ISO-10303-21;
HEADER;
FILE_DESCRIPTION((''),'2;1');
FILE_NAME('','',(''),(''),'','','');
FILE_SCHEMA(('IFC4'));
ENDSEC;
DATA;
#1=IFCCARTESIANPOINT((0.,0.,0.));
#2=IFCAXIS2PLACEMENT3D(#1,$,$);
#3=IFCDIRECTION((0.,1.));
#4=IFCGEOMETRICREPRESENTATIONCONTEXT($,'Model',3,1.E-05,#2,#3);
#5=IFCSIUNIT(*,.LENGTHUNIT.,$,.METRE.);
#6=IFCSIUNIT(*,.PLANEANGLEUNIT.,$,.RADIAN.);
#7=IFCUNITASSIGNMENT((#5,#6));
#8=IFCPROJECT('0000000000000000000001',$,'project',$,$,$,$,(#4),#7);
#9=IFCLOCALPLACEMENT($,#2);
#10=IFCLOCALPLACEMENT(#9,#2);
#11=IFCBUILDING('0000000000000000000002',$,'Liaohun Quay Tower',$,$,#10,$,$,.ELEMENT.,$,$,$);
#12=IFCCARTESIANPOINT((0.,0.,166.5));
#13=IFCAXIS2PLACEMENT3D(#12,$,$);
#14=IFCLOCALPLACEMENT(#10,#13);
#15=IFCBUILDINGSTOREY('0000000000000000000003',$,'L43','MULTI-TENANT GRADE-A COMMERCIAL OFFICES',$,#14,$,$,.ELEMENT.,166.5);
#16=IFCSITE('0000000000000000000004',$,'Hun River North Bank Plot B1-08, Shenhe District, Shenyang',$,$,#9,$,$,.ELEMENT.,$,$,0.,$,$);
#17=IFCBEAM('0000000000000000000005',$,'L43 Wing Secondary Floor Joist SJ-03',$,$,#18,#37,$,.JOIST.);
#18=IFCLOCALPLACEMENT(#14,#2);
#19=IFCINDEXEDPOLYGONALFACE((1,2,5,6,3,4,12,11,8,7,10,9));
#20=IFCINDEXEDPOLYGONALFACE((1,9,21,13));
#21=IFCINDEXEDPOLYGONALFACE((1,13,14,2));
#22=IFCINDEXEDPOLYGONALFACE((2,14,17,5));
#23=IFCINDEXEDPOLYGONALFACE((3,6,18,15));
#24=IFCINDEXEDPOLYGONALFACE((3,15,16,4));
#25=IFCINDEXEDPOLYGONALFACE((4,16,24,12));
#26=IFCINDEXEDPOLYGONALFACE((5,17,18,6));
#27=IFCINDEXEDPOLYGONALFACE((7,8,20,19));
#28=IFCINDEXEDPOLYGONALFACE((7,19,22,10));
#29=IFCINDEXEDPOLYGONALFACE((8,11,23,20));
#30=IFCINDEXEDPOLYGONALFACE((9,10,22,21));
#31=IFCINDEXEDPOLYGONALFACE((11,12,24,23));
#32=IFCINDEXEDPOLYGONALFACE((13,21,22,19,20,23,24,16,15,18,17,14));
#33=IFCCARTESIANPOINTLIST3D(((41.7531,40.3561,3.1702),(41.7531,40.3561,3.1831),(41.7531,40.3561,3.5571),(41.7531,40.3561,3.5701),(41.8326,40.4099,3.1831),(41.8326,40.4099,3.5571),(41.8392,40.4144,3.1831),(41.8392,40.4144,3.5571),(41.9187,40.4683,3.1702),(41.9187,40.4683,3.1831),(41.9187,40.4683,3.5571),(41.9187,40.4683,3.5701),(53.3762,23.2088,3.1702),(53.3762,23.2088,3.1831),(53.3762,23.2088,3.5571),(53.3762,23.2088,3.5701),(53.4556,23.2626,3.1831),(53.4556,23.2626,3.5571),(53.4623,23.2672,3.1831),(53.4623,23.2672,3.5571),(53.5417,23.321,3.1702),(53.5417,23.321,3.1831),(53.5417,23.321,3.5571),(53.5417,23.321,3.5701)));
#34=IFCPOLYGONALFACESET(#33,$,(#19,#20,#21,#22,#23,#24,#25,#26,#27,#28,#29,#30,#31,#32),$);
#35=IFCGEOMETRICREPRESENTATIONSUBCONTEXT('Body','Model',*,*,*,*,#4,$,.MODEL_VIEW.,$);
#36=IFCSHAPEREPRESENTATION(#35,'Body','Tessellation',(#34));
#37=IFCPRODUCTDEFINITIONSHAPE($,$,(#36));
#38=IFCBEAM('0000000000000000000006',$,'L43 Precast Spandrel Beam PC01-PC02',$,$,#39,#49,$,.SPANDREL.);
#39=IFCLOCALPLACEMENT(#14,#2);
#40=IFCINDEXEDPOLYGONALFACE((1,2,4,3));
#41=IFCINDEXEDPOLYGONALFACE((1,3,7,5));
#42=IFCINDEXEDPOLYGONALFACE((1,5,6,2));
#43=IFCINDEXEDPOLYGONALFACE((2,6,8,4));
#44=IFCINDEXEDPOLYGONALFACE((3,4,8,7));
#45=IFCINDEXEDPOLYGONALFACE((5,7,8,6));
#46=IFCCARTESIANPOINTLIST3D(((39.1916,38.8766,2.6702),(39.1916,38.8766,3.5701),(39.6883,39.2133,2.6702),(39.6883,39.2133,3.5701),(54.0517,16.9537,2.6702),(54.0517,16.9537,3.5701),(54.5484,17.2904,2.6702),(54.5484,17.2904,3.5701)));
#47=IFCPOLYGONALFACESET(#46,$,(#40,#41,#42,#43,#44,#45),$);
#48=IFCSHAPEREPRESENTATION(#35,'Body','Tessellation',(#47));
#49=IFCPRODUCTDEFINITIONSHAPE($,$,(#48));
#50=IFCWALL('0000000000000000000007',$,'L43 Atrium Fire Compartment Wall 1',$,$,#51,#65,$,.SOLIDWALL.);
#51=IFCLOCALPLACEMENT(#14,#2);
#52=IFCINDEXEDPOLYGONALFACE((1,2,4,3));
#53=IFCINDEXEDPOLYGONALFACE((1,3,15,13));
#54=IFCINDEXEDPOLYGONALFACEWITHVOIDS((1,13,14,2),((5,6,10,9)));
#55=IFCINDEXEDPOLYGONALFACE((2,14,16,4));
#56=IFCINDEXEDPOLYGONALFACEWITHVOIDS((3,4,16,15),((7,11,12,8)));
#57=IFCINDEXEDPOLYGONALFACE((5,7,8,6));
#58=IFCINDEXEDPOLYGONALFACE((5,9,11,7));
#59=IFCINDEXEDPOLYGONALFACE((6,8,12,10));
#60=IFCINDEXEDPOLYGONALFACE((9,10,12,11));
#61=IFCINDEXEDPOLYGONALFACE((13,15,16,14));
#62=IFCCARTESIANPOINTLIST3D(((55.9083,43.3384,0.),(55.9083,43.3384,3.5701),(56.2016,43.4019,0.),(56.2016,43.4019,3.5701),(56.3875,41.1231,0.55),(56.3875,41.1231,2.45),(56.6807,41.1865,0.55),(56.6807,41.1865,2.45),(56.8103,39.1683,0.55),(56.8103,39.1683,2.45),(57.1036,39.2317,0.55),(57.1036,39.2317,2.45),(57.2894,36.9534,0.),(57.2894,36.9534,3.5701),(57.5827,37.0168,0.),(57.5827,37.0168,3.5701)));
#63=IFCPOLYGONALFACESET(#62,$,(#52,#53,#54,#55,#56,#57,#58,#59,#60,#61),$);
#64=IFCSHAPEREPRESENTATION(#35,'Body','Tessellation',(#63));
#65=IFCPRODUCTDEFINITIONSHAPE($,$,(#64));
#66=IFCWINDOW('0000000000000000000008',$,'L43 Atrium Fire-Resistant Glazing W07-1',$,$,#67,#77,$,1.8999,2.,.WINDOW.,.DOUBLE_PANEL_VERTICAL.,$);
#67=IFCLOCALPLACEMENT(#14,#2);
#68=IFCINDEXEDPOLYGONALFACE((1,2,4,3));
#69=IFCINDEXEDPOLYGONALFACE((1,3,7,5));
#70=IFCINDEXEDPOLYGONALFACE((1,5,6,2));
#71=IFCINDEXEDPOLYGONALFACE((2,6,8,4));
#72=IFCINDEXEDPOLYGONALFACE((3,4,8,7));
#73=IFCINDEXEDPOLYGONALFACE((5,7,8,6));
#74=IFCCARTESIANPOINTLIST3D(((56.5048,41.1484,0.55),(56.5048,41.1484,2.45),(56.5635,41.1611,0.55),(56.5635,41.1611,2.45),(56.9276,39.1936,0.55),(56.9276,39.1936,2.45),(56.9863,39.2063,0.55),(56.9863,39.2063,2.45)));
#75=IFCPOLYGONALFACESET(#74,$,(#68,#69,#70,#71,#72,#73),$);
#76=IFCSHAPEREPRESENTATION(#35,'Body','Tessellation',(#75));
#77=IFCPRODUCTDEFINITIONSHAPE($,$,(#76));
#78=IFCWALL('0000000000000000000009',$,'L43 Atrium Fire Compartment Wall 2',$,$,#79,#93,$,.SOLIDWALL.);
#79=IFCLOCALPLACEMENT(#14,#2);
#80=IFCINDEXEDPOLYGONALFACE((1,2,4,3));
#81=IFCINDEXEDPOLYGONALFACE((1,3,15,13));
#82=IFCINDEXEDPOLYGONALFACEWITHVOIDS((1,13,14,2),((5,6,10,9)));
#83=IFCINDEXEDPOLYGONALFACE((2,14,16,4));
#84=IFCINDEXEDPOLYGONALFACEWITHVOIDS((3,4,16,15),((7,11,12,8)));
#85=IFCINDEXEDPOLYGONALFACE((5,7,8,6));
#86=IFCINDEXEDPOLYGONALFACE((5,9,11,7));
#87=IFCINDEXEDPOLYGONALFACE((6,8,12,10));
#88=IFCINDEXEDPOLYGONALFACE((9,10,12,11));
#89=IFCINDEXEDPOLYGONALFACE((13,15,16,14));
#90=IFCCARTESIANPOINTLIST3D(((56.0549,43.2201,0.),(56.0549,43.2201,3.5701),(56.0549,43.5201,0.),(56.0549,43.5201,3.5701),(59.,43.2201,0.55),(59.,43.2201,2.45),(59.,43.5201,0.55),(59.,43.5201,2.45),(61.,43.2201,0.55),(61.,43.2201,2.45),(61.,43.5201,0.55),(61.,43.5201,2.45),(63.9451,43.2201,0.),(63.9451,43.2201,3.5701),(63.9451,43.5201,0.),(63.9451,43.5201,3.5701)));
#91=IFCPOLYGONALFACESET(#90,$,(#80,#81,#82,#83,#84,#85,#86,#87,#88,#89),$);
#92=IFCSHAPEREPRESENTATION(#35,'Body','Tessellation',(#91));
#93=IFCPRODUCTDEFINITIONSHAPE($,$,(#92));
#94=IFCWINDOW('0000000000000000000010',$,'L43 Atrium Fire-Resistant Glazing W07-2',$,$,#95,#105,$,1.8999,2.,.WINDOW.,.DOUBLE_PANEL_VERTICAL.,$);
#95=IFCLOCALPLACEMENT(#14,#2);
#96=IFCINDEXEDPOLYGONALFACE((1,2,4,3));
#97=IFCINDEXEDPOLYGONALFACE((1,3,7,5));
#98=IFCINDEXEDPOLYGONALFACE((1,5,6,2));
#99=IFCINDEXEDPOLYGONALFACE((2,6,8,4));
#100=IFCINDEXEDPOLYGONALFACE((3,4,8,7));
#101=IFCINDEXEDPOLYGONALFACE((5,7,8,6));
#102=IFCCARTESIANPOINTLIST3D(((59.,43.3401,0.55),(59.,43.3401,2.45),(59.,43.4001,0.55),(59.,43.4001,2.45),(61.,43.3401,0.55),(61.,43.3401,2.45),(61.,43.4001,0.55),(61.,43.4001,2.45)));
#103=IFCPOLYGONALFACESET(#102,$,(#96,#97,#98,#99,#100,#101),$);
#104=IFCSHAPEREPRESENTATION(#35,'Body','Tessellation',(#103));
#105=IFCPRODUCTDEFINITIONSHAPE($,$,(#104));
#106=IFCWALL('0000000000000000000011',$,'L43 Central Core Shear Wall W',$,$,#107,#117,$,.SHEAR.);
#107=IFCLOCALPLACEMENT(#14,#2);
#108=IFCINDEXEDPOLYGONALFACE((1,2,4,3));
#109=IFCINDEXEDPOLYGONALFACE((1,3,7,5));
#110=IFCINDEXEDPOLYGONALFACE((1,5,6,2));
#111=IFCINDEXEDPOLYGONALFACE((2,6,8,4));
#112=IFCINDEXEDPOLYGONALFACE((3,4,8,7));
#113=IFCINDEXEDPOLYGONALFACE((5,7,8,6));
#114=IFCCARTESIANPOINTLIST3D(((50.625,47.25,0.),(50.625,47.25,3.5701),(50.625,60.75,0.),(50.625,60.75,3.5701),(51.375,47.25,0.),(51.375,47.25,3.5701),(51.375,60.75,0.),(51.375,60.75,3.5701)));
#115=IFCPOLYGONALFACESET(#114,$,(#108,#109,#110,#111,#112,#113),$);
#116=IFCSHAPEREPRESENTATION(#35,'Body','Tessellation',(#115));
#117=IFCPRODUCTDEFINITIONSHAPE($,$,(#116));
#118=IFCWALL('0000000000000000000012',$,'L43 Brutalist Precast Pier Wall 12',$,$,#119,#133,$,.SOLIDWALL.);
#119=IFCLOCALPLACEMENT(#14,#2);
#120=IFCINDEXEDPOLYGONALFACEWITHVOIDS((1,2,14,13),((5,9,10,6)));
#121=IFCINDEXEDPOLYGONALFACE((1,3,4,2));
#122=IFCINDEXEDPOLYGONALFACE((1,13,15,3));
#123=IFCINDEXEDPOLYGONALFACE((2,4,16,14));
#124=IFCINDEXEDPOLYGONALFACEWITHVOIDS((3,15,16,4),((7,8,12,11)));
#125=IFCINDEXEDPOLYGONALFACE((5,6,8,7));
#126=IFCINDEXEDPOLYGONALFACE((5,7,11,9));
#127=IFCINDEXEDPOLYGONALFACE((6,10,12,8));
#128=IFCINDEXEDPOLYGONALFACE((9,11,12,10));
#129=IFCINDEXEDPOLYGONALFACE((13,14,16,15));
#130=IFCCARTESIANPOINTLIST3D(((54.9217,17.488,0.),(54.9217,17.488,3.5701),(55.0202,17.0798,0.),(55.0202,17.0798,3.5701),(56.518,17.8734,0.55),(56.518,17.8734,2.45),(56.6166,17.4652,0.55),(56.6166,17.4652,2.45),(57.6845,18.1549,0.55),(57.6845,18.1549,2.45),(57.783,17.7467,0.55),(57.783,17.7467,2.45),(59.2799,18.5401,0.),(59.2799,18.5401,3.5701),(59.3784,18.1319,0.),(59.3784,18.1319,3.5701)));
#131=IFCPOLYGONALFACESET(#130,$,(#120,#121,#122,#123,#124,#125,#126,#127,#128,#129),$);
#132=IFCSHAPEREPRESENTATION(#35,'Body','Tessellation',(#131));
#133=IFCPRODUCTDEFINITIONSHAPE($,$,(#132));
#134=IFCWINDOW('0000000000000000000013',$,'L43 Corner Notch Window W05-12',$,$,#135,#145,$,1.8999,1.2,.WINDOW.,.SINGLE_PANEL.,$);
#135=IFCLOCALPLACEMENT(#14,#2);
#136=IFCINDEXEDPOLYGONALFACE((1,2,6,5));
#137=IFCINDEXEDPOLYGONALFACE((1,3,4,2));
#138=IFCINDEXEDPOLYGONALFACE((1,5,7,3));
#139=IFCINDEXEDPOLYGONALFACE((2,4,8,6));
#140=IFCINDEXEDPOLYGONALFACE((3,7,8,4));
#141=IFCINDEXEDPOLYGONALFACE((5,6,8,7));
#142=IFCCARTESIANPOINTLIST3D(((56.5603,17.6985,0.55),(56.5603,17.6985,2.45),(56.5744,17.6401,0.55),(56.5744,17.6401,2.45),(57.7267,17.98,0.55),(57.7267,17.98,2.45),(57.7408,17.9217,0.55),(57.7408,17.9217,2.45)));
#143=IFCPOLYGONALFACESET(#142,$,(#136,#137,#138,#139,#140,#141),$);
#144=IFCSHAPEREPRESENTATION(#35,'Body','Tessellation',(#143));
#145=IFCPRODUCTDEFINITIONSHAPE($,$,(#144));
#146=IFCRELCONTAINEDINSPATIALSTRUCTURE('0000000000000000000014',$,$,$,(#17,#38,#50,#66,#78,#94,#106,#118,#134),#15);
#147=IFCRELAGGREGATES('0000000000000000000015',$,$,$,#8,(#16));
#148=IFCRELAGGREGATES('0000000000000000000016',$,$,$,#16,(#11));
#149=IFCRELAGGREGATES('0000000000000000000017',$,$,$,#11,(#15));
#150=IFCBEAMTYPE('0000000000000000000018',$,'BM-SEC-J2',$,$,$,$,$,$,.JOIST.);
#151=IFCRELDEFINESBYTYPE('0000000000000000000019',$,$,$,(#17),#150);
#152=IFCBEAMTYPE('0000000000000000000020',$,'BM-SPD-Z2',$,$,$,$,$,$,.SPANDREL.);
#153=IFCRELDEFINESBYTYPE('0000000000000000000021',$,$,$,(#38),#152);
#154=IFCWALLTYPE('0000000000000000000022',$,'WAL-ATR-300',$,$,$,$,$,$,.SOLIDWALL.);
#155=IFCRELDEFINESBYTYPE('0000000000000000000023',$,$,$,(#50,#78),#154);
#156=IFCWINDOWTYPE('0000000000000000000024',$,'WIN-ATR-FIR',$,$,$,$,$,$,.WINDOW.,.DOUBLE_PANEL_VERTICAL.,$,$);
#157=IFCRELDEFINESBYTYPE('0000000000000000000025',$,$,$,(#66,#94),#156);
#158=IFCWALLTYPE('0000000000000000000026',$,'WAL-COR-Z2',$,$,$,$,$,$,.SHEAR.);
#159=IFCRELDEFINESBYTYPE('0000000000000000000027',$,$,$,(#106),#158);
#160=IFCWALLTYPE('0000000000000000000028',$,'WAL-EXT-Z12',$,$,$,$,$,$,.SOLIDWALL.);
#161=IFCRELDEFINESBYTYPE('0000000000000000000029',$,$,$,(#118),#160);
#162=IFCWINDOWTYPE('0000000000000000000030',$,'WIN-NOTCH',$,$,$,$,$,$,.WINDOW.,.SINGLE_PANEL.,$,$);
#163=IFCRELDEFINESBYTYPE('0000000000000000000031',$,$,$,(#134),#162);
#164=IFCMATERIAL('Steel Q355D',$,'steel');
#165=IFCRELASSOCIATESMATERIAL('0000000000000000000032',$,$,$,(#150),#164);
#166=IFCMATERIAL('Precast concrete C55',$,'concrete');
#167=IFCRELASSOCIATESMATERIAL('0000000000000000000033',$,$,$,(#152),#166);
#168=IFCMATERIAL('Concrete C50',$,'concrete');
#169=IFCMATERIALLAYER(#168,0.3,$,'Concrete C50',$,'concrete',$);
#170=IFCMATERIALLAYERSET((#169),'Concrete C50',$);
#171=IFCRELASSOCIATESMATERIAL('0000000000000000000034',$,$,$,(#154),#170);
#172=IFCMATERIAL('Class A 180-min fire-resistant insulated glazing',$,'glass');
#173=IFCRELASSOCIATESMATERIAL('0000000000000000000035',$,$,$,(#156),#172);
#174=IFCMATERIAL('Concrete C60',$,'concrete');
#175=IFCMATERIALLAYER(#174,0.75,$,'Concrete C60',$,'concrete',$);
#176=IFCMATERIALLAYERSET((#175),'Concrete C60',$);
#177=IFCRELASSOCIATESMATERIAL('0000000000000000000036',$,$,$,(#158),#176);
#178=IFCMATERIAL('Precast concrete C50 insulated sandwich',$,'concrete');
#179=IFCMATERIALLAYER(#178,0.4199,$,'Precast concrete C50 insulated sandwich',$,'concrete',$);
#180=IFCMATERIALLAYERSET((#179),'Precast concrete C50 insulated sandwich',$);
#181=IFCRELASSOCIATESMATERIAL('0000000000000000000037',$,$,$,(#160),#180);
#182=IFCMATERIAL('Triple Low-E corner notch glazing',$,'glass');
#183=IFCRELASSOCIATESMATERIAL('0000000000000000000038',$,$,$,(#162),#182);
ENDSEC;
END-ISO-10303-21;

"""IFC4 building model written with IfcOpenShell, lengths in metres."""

from ifc_helpers import new_model, si_unit, direction, frame, frame_2d, origin, origin_2d, place, context, subcontext, project, spatial, rectangle, i_section, extrude, source, transform, mapped, material, layer, layer_set, material_profile, profile_set, type_object, element, fill, save


model = new_model("IFC4")

# Units and contexts
model_context = context("Model", 3, precision=1e-05, world=origin(), true_north=direction((0.0, 1.0)))
body_context = subcontext(model_context, "Body", "Model", "MODEL_VIEW")
ifc_project = project(units=[si_unit("LENGTHUNIT", "METRE"), si_unit("PLANEANGLEUNIT", "RADIAN")], contexts=[model_context])

# Site, building, storey
site_placement = place(None, origin())
site = spatial("IfcSite", under=ifc_project, at=site_placement, Name="Hun River North Bank Plot B1-08, Shenhe District, Shenyang", CompositionType="ELEMENT", RefElevation=0.0)
building_placement = place(site_placement, origin())
building = spatial("IfcBuilding", under=site, at=building_placement, Name="Liaohun Quay Tower", CompositionType="ELEMENT")
storey_placement = place(building_placement, frame((0.0, 0.0, 166.5)))
storey = spatial("IfcBuildingStorey", under=building, at=storey_placement, Name="L43", Description="MULTI-TENANT GRADE-A COMMERCIAL OFFICES", CompositionType="ELEMENT", Elevation=166.5)

# Shared definitions
ifc_material_1 = material(Name="Concrete C60", Category="concrete")

# Beams
ifc_material_2 = material(Name="Steel Q355D", Category="steel")
ifc_material_profile_1 = material_profile(ifc_material_2, i_section(OverallWidth=0.2, OverallDepth=0.3999, WebThickness=0.0081, FlangeThickness=0.0129, at=origin_2d()), Name="HN400x200x8x13")
ifc_profile_set_1 = profile_set([ifc_material_profile_1], Name="Steel Q355D")
beam_type_1 = type_object("IfcBeamType", Name="BM-SEC-J2", PredefinedType="JOIST", material=ifc_profile_set_1)
shared_shape_1 = source(origin(), body_context, "Body", "SweptSolid", [
    extrude(i_section(OverallWidth=0.2, OverallDepth=0.3999, WebThickness=0.0081, FlangeThickness=0.0129, at=origin_2d()), origin(), (0.0, 0.0, 1.0), 20.7153),
])
beam_1_placement = place(storey_placement, frame((53.459, 23.2649, 3.3701), z_axis=(-0.561086, 0.827757, 0.0), x_axis=(-0.827757, -0.561086, 0.0)))
element("IfcBeam", 1, at=beam_1_placement, inside=storey, type_object=beam_type_1, Name="L43 Wing Secondary Floor Joist SJ-03", PredefinedType="JOIST", context=body_context, shape_type="MappedRepresentation", body=[
    mapped(shared_shape_1, transform((0.0, 0.0, 0.0), x_axis=(1.0, 0.0, 0.0), y_axis=(0.0, 1.0, 0.0), z_axis=(0.0, 0.0, 1.0), scale=1.0)),
])
ifc_material_3 = material(Name="Precast concrete C55", Category="concrete")
ifc_material_profile_2 = material_profile(ifc_material_3, rectangle(XDim=0.6001, YDim=0.8999, at=origin_2d()), Name="RC600x900")
ifc_profile_set_2 = profile_set([ifc_material_profile_2], Name="Precast concrete C55")
beam_type_2 = type_object("IfcBeamType", Name="BM-SPD-Z2", PredefinedType="SPANDREL", material=ifc_profile_set_2)
shared_shape_2 = source(origin(), body_context, "Body", "SweptSolid", [
    extrude(rectangle(XDim=0.6001, YDim=0.8999, at=origin_2d()), origin(), (0.0, 0.0, 1.0), 26.4846),
])
beam_2_placement = place(storey_placement, frame((54.3, 17.1221, 3.1201), z_axis=(-0.561085, 0.827758, 0.0), x_axis=(-0.827758, -0.561085, 0.0)))
element("IfcBeam", 2, at=beam_2_placement, inside=storey, type_object=beam_type_2, Name="L43 Precast Spandrel Beam PC01-PC02", PredefinedType="SPANDREL", context=body_context, shape_type="MappedRepresentation", body=[
    mapped(shared_shape_2, transform((0.0, 0.0, 0.0), x_axis=(1.0, 0.0, 0.0), y_axis=(0.0, 1.0, 0.0), z_axis=(0.0, 0.0, 1.0), scale=1.0)),
])

# Walls, openings, windows
ifc_material_4 = material(Name="Concrete C50", Category="concrete")
ifc_layer_1 = layer(ifc_material_4, 0.3, Name="Concrete C50", Category="concrete")
ifc_layer_set_1 = layer_set([ifc_layer_1], Name="Concrete C50")
wall_type_1 = type_object("IfcWallType", Name="WAL-ATR-300", PredefinedType="SOLIDWALL", material=ifc_layer_set_1)
wall_1_placement = place(storey_placement, frame((57.436, 36.9851, 0.0), z_axis=(0.0, 0.0, 1.0), x_axis=(-0.211415, 0.977396, 0.0)))
wall_1 = element("IfcWall", 3, at=wall_1_placement, inside=storey, type_object=wall_type_1, Name="L43 Atrium Fire Compartment Wall 1", PredefinedType="SOLIDWALL", context=body_context, shape_type="SweptSolid", body=[
    extrude(rectangle(XDim=6.5327, YDim=0.3, at=frame_2d((3.2664, 0.0))), origin(), (0.0, 0.0, 1.0), 3.5701),
])
shared_shape_3 = source(origin(), body_context, "Body", "SweptSolid", [
    extrude(rectangle(XDim=2.0, YDim=1.8999, at=frame_2d((1.0, 0.95))), frame((0.0, 0.1599, 0.0), z_axis=(0.0, -1.0, 0.0), x_axis=(1.0, 0.0, 0.0)), (0.0, 0.0, 1.0), 0.3201),
])
opening_1_placement = place(wall_1_placement, frame((2.2661, 0.0, 0.55)))
opening_1 = element("IfcOpeningElement", 4, at=opening_1_placement, cuts=wall_1, PredefinedType="OPENING", context=body_context, shape_type="MappedRepresentation", body=[
    mapped(shared_shape_3, transform((0.0, 0.0, 0.0), x_axis=(1.0, 0.0, 0.0), y_axis=(0.0, 1.0, 0.0), z_axis=(0.0, 0.0, 1.0), scale=1.0)),
])
ifc_material_5 = material(Name="Class A 180-min fire-resistant insulated glazing", Category="glass")
window_type_1 = type_object("IfcWindowType", Name="WIN-ATR-FIR", PartitioningType="DOUBLE_PANEL_VERTICAL", PredefinedType="WINDOW", material=ifc_material_5)
shared_shape_4 = source(origin(), body_context, "Body", "SweptSolid", [
    extrude(rectangle(XDim=2.0, YDim=1.8999, at=frame_2d((1.0, 0.95))), frame((0.0, 0.03, 0.0), z_axis=(0.0, -1.0, 0.0), x_axis=(1.0, 0.0, 0.0)), (0.0, 0.0, 1.0), 0.0601),
])
window_1_placement = place(opening_1_placement, origin())
window_1 = element("IfcWindow", 5, at=window_1_placement, inside=storey, type_object=window_type_1, Name="L43 Atrium Fire-Resistant Glazing W07-1", OverallHeight=1.8999, OverallWidth=2.0, PartitioningType="DOUBLE_PANEL_VERTICAL", PredefinedType="WINDOW", context=body_context, shape_type="MappedRepresentation", body=[
    mapped(shared_shape_4, transform((0.0, 0.0, 0.0), x_axis=(1.0, 0.0, 0.0), y_axis=(0.0, 1.0, 0.0), z_axis=(0.0, 0.0, 1.0), scale=1.0)),
])
fill(opening_1, window_1)
wall_2_placement = place(storey_placement, frame((56.0549, 43.3701, 0.0), z_axis=(0.0, 0.0, 1.0), x_axis=(1.0, 0.0, 0.0)))
wall_2 = element("IfcWall", 6, at=wall_2_placement, inside=storey, type_object=wall_type_1, Name="L43 Atrium Fire Compartment Wall 2", PredefinedType="SOLIDWALL", context=body_context, shape_type="SweptSolid", body=[
    extrude(rectangle(XDim=7.8901, YDim=0.3, at=frame_2d((3.9451, 0.0))), origin(), (0.0, 0.0, 1.0), 3.5701),
])
opening_2_placement = place(wall_2_placement, frame((2.9451, 0.0, 0.55)))
opening_2 = element("IfcOpeningElement", 7, at=opening_2_placement, cuts=wall_2, PredefinedType="OPENING", context=body_context, shape_type="MappedRepresentation", body=[
    mapped(shared_shape_3, transform((0.0, 0.0, 0.0), x_axis=(1.0, 0.0, 0.0), y_axis=(0.0, 1.0, 0.0), z_axis=(0.0, 0.0, 1.0), scale=1.0)),
])
window_2_placement = place(opening_2_placement, origin())
window_2 = element("IfcWindow", 8, at=window_2_placement, inside=storey, type_object=window_type_1, Name="L43 Atrium Fire-Resistant Glazing W07-2", OverallHeight=1.8999, OverallWidth=2.0, PartitioningType="DOUBLE_PANEL_VERTICAL", PredefinedType="WINDOW", context=body_context, shape_type="MappedRepresentation", body=[
    mapped(shared_shape_4, transform((0.0, 0.0, 0.0), x_axis=(1.0, 0.0, 0.0), y_axis=(0.0, 1.0, 0.0), z_axis=(0.0, 0.0, 1.0), scale=1.0)),
])
fill(opening_2, window_2)

# Wall
ifc_layer_2 = layer(ifc_material_1, 0.75, Name="Concrete C60", Category="concrete")
ifc_layer_set_2 = layer_set([ifc_layer_2], Name="Concrete C60")
wall_type_2 = type_object("IfcWallType", Name="WAL-COR-Z2", PredefinedType="SHEAR", material=ifc_layer_set_2)
wall_3_placement = place(storey_placement, frame((51.0, 47.25, 0.0), z_axis=(0.0, 0.0, 1.0), x_axis=(0.0, 1.0, 0.0)))
element("IfcWall", 9, at=wall_3_placement, inside=storey, type_object=wall_type_2, Name="L43 Central Core Shear Wall W", PredefinedType="SHEAR", context=body_context, shape_type="SweptSolid", body=[
    extrude(rectangle(XDim=13.5, YDim=0.75, at=frame_2d((6.75, 0.0))), origin(), (0.0, 0.0, 1.0), 3.5701),
])

# Wall, opening, window
ifc_material_6 = material(Name="Precast concrete C50 insulated sandwich", Category="concrete")
ifc_layer_3 = layer(ifc_material_6, 0.4199, Name="Precast concrete C50 insulated sandwich", Category="concrete")
ifc_layer_set_3 = layer_set([ifc_layer_3], Name="Precast concrete C50 insulated sandwich")
wall_type_3 = type_object("IfcWallType", Name="WAL-EXT-Z12", PredefinedType="SOLIDWALL", material=ifc_layer_set_3)
wall_4_placement = place(storey_placement, frame((54.9709, 17.2839, 0.0), z_axis=(0.0, 0.0, 1.0), x_axis=(0.97208, 0.234648, 0.0)))
wall_4 = element("IfcWall", 10, at=wall_4_placement, inside=storey, type_object=wall_type_3, Name="L43 Brutalist Precast Pier Wall 12", PredefinedType="SOLIDWALL", context=body_context, shape_type="SweptSolid", body=[
    extrude(rectangle(XDim=4.4834, YDim=0.4199, at=frame_2d((2.2417, 0.0))), origin(), (0.0, 0.0, 1.0), 3.5701),
])
shared_shape_5 = source(origin(), body_context, "Body", "SweptSolid", [
    extrude(rectangle(XDim=1.2, YDim=1.8999, at=frame_2d((0.6001, 0.95))), frame((0.0, 0.22, 0.0), z_axis=(0.0, -1.0, 0.0), x_axis=(1.0, 0.0, 0.0)), (0.0, 0.0, 1.0), 0.4399),
])
opening_3_placement = place(wall_4_placement, frame((1.6421, 0.0, 0.55)))
opening_3 = element("IfcOpeningElement", 11, at=opening_3_placement, cuts=wall_4, PredefinedType="OPENING", context=body_context, shape_type="MappedRepresentation", body=[
    mapped(shared_shape_5, transform((0.0, 0.0, 0.0), x_axis=(1.0, 0.0, 0.0), y_axis=(0.0, 1.0, 0.0), z_axis=(0.0, 0.0, 1.0), scale=1.0)),
])
ifc_material_7 = material(Name="Triple Low-E corner notch glazing", Category="glass")
window_type_2 = type_object("IfcWindowType", Name="WIN-NOTCH", PartitioningType="SINGLE_PANEL", PredefinedType="WINDOW", material=ifc_material_7)
shared_shape_6 = source(origin(), body_context, "Body", "SweptSolid", [
    extrude(rectangle(XDim=1.2, YDim=1.8999, at=frame_2d((0.6001, 0.95))), frame((0.0, 0.03, 0.0), z_axis=(0.0, -1.0, 0.0), x_axis=(1.0, 0.0, 0.0)), (0.0, 0.0, 1.0), 0.0601),
])
window_3_placement = place(opening_3_placement, origin())
window_3 = element("IfcWindow", 12, at=window_3_placement, inside=storey, type_object=window_type_2, Name="L43 Corner Notch Window W05-12", OverallHeight=1.8999, OverallWidth=1.2, PartitioningType="SINGLE_PANEL", PredefinedType="WINDOW", context=body_context, shape_type="MappedRepresentation", body=[
    mapped(shared_shape_6, transform((0.0, 0.0, 0.0), x_axis=(1.0, 0.0, 0.0), y_axis=(0.0, 1.0, 0.0), z_axis=(0.0, 0.0, 1.0), scale=1.0)),
])
fill(opening_3, window_3)

save(model, "model.ifc")
